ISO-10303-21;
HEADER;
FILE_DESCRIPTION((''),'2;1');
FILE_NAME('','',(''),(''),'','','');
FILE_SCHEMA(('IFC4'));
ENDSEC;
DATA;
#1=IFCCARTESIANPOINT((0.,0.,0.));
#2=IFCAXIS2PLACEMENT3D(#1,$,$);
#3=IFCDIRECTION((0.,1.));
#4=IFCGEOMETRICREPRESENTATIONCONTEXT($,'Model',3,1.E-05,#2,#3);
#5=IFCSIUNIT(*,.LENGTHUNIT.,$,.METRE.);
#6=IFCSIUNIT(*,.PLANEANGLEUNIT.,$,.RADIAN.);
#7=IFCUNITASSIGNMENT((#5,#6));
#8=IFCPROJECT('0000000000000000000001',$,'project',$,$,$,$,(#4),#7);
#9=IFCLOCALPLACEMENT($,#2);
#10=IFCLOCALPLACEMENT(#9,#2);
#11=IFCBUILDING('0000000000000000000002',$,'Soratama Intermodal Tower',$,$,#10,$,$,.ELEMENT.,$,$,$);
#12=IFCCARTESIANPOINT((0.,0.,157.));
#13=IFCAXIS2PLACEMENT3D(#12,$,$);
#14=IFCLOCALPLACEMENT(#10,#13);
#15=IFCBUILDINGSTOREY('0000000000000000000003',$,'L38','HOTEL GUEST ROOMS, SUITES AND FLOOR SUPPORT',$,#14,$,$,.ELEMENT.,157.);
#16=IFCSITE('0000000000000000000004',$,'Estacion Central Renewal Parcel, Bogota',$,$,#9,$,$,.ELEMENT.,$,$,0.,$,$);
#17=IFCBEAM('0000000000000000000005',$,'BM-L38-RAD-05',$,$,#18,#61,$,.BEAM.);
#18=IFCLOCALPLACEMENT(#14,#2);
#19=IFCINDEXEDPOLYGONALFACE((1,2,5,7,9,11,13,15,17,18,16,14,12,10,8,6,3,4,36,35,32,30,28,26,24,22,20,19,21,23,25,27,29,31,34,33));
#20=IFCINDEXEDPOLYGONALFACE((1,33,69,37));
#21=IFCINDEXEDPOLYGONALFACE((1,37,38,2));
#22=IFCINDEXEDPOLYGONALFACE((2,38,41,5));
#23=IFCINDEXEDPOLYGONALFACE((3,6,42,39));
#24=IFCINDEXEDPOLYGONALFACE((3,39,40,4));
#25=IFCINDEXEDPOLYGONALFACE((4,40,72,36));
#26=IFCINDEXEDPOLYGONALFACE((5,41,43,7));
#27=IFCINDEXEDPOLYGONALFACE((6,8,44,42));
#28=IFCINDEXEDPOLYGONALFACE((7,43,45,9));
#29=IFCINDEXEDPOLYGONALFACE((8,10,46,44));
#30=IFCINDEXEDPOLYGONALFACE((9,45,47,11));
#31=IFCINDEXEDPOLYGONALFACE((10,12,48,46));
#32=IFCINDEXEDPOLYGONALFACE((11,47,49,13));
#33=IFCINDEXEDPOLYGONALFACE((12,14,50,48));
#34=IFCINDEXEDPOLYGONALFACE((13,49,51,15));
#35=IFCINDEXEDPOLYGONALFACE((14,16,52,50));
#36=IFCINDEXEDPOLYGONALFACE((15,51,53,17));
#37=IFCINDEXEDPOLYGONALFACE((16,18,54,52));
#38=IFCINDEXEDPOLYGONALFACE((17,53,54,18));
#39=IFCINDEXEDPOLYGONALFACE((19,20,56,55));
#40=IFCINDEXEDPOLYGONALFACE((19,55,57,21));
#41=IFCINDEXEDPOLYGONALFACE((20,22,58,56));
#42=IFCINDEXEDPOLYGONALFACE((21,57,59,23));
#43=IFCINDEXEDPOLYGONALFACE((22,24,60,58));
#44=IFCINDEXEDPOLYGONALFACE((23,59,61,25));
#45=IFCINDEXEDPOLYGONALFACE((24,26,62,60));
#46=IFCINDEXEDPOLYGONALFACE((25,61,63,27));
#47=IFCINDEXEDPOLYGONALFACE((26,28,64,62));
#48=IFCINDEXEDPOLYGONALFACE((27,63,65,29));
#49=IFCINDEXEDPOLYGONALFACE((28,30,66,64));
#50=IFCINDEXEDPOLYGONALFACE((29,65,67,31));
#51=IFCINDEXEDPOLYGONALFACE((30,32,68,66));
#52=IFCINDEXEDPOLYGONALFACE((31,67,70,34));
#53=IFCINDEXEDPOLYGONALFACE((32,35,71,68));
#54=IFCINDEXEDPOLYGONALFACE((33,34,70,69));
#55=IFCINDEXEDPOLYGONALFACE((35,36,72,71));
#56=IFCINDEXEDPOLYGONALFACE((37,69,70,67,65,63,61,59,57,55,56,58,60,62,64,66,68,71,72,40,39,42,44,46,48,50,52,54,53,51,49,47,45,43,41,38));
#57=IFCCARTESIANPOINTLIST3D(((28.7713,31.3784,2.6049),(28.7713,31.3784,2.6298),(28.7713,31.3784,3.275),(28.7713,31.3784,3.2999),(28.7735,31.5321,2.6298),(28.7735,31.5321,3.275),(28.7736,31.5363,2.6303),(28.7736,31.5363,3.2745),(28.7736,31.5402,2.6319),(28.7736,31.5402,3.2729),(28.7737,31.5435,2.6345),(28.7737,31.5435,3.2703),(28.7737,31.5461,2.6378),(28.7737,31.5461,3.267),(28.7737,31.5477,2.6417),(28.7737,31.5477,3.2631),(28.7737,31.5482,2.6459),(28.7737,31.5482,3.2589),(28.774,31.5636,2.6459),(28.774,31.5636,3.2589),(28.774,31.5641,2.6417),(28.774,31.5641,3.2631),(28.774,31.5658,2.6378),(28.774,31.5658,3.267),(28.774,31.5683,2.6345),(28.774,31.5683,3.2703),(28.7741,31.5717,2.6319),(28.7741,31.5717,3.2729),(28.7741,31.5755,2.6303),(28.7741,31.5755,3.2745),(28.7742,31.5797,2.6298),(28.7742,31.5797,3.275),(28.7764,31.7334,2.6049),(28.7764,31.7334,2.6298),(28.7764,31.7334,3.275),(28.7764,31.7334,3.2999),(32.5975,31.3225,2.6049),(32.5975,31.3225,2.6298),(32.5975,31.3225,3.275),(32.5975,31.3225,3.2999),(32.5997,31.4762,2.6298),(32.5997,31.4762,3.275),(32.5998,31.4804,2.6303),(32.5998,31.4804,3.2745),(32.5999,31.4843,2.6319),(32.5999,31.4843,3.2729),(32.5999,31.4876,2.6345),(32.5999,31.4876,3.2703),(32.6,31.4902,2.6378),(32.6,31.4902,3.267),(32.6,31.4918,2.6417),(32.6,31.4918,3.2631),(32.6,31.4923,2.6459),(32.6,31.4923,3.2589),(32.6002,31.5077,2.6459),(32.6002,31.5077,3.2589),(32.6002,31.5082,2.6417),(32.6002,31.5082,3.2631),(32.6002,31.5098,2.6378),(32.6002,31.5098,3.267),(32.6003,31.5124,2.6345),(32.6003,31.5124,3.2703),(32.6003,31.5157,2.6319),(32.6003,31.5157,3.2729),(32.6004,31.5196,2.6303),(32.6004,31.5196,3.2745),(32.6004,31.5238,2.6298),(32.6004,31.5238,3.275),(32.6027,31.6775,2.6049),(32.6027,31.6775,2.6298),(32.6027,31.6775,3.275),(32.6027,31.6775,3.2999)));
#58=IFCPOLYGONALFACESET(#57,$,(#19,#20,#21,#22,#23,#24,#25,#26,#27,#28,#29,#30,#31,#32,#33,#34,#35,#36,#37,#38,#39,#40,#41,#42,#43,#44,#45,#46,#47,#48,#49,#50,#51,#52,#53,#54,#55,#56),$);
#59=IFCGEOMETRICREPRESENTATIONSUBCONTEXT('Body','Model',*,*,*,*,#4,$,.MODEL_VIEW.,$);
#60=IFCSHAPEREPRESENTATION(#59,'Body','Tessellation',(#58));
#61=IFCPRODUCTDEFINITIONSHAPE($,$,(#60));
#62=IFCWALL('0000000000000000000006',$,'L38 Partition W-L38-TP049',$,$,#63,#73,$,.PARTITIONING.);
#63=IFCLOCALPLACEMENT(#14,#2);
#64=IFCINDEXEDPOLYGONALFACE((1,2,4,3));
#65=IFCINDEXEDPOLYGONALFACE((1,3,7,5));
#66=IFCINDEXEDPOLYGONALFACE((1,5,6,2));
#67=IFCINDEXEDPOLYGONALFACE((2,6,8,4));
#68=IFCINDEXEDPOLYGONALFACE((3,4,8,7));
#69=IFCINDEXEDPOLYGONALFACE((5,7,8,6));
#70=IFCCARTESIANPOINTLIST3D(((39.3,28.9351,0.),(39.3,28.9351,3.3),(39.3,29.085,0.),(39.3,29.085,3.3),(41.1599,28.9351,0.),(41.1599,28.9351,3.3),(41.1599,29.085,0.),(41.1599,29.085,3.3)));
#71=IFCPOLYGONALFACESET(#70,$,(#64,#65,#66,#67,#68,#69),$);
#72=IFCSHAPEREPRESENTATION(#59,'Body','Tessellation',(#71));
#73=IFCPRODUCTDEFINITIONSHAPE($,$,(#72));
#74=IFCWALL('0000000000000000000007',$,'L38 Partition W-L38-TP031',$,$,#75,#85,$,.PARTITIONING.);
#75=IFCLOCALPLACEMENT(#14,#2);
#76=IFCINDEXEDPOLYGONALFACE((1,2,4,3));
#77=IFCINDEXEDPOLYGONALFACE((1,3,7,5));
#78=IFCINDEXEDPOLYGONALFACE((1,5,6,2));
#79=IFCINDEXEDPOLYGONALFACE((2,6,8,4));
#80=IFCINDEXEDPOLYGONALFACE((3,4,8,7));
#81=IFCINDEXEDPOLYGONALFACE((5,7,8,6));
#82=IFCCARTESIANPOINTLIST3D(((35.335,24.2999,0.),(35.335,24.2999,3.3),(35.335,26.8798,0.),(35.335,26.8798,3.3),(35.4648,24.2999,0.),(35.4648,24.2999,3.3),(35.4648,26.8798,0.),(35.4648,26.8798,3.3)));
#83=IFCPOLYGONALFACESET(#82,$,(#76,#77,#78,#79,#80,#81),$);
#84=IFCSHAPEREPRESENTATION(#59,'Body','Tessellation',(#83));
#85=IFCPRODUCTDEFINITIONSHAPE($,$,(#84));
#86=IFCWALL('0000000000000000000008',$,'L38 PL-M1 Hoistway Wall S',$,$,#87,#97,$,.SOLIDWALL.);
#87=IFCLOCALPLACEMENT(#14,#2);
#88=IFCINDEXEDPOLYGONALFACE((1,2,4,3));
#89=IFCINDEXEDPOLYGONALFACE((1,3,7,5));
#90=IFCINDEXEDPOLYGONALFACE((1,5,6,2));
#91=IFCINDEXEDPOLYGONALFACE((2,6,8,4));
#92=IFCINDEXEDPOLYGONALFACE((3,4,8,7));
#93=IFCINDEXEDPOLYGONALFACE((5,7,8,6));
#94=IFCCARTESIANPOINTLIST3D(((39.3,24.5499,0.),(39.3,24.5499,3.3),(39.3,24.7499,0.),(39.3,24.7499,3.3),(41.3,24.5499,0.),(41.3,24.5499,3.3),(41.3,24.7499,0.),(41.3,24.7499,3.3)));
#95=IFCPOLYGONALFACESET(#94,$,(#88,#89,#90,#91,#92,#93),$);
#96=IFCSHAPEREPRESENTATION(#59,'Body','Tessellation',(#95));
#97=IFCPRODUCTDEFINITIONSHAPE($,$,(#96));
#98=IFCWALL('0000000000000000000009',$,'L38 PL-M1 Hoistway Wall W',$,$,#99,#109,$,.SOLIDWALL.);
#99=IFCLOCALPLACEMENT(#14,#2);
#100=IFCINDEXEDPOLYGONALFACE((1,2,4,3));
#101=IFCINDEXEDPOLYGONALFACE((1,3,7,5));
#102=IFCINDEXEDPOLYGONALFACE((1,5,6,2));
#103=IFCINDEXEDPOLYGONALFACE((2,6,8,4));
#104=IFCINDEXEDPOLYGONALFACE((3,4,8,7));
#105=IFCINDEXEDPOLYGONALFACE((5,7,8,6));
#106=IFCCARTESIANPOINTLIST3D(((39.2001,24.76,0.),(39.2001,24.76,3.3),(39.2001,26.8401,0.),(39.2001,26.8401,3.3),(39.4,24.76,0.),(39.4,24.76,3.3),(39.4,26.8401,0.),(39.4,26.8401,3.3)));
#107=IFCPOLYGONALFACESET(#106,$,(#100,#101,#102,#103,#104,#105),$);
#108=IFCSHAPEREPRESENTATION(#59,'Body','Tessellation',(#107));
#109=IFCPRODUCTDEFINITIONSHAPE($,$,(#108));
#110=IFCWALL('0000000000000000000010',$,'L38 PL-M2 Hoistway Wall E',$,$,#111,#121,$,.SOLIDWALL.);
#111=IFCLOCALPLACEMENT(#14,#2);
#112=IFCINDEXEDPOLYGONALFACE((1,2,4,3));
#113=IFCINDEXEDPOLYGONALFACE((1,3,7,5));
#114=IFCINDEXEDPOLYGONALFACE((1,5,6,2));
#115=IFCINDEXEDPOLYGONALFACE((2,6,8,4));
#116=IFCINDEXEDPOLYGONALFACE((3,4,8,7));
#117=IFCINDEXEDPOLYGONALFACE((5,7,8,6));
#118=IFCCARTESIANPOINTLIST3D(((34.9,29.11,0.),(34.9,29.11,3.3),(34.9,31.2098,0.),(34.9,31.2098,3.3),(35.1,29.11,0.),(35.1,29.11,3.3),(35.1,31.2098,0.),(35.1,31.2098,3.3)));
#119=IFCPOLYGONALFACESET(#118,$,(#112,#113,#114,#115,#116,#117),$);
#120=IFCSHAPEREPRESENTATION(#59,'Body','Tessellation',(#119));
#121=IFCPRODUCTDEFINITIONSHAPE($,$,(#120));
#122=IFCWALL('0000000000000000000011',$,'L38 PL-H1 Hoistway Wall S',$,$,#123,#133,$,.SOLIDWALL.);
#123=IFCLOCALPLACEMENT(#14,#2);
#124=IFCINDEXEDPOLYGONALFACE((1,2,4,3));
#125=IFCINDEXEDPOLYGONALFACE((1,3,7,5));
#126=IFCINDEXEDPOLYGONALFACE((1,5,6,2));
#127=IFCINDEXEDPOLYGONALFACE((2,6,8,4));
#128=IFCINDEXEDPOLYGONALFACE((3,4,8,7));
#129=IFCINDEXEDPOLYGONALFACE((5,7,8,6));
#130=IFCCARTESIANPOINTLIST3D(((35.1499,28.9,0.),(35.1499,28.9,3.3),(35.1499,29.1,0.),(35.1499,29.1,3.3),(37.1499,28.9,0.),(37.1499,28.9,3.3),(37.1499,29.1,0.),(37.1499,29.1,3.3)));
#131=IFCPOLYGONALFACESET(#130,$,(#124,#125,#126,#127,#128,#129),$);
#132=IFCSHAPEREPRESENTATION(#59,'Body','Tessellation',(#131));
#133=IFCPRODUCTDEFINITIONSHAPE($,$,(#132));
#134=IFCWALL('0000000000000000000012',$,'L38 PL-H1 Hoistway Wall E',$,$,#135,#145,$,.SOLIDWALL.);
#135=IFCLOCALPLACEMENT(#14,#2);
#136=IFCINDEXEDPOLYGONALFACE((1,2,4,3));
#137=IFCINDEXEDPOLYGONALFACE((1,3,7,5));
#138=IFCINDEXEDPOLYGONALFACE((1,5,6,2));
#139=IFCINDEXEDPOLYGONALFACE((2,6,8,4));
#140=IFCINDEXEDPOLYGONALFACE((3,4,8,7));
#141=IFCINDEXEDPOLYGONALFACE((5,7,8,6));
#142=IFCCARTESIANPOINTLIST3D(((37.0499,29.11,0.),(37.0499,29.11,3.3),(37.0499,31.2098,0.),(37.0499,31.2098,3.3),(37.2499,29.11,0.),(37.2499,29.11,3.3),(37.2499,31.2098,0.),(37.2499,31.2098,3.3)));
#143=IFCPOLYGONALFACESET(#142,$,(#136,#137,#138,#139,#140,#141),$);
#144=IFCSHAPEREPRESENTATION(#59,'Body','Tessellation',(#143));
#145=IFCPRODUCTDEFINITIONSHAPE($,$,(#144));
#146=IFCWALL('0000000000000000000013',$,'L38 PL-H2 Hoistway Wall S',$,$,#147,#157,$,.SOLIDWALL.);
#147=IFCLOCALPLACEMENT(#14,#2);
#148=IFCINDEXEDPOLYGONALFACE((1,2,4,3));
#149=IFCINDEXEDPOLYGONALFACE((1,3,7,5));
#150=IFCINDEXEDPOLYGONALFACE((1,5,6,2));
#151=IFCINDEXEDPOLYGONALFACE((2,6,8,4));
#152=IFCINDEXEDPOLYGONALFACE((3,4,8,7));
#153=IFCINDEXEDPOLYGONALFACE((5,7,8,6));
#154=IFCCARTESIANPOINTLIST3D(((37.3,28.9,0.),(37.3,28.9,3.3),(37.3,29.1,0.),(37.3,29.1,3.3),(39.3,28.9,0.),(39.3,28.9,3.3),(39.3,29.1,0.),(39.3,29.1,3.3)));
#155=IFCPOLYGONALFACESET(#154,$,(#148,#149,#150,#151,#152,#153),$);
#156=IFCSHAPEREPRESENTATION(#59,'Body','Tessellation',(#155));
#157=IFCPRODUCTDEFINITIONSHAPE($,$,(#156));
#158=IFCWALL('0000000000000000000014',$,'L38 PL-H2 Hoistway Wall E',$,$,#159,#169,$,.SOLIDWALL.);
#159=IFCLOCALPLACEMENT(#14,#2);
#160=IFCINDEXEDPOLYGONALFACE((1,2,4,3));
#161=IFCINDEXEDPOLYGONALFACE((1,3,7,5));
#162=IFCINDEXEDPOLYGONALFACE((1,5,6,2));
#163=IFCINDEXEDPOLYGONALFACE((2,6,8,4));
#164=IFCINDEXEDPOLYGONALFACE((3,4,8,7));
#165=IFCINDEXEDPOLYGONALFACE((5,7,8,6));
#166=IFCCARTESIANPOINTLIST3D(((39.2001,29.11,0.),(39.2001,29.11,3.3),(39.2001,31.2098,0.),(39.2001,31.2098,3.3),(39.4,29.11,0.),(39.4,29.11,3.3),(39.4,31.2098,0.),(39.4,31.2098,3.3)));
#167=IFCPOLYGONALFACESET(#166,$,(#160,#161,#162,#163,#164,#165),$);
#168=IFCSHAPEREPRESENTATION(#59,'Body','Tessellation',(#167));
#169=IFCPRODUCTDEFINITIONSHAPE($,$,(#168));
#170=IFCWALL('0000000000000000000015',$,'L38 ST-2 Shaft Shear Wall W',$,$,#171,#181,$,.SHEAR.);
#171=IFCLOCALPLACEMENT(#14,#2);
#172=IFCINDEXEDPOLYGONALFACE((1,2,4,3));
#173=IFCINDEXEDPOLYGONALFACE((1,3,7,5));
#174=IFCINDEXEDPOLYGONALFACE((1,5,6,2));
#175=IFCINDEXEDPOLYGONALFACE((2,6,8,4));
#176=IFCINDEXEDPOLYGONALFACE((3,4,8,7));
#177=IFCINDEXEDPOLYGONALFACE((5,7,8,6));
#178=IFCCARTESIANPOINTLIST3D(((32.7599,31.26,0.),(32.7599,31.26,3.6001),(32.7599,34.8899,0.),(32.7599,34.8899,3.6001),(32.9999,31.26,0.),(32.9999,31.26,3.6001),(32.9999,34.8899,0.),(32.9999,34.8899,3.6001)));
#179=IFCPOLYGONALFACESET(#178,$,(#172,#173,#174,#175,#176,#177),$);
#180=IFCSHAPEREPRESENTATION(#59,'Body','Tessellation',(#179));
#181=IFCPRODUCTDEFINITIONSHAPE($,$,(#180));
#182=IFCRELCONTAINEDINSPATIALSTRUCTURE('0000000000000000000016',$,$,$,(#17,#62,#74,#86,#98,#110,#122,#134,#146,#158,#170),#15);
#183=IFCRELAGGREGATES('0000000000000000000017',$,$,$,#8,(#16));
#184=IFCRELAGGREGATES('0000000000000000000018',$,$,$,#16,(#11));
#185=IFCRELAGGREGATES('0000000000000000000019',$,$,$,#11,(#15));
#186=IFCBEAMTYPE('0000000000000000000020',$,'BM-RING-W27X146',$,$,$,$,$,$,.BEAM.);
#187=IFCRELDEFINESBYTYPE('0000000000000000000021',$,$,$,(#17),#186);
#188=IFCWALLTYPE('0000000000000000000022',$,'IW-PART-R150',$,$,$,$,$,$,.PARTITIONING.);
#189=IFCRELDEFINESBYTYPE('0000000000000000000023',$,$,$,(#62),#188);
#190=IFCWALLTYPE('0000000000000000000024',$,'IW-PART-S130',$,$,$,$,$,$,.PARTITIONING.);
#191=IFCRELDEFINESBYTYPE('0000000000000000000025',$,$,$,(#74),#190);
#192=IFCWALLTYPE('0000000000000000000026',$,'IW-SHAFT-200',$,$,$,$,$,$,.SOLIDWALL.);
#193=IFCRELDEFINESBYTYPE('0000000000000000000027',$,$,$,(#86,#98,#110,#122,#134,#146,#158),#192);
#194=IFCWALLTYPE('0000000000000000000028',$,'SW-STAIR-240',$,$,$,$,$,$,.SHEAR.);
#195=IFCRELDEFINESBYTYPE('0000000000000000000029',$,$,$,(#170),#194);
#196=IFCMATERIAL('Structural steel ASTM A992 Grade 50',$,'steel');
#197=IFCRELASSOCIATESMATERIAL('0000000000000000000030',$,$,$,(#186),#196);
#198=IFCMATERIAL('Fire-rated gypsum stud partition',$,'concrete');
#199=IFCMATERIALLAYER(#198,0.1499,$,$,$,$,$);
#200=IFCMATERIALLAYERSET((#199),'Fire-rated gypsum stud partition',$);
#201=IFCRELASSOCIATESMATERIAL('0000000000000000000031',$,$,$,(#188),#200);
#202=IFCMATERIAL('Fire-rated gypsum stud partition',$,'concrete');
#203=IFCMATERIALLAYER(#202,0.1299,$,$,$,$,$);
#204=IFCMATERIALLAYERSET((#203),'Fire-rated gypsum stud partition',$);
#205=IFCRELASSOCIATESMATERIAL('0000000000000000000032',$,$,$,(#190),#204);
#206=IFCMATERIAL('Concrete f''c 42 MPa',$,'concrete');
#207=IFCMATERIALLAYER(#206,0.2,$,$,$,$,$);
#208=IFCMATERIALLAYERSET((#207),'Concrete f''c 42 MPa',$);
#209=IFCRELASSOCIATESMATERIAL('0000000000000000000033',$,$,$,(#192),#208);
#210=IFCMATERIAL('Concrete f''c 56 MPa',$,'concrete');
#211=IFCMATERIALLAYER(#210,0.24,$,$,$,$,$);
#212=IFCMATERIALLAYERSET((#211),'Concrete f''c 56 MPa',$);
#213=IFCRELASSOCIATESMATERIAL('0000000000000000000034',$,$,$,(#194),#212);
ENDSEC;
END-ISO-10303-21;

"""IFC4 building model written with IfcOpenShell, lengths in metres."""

from ifc_helpers import new_model, si_unit, direction, frame, frame_2d, origin, origin_2d, place, context, subcontext, project, spatial, rectangle, i_section, extrude, material, layer, layer_set, material_profile, profile_set, type_object, element, save


model = new_model("IFC4")

# Units and contexts
model_context = context("Model", 3, precision=1e-05, world=origin(), true_north=direction((0.0, 1.0)))
body_context = subcontext(model_context, "Body", "Model", "MODEL_VIEW")
ifc_project = project(units=[si_unit("LENGTHUNIT", "METRE"), si_unit("PLANEANGLEUNIT", "RADIAN")], contexts=[model_context])

# Site, building, storey
site_placement = place(None, origin())
site = spatial("IfcSite", under=ifc_project, at=site_placement, Name="Estacion Central Renewal Parcel, Bogota", CompositionType="ELEMENT", RefElevation=0.0)
building_placement = place(site_placement, origin())
building = spatial("IfcBuilding", under=site, at=building_placement, Name="Soratama Intermodal Tower", CompositionType="ELEMENT")
storey_placement = place(building_placement, frame((0.0, 0.0, 157.0)))
storey = spatial("IfcBuildingStorey", under=building, at=storey_placement, Name="L38", Description="HOTEL GUEST ROOMS, SUITES AND FLOOR SUPPORT", CompositionType="ELEMENT", Elevation=157.0)

# Beam
ifc_material_1 = material(Name="Structural steel ASTM A992 Grade 50", Category="steel")
ifc_material_profile = material_profile(ifc_material_1, i_section(OverallWidth=0.355, OverallDepth=0.6951, WebThickness=0.0154, FlangeThickness=0.0249, FilletRadius=0.0161, at=origin_2d()), Name="W27X146")
ifc_profile_set = profile_set([ifc_material_profile], Name="Structural steel ASTM A992 Grade 50")
beam_type = type_object("IfcBeamType", Name="BM-RING-W27X146", PredefinedType="BEAM", material=ifc_profile_set)
beam_placement = place(storey_placement, frame((32.6001, 31.5, 2.9524), z_axis=(-0.999893, 0.01461, 0.0), x_axis=(-0.01461, -0.999893, 0.0)))
element("IfcBeam", 1, at=beam_placement, inside=storey, type_object=beam_type, Name="BM-L38-RAD-05", PredefinedType="BEAM", context=body_context, shape_type="SweptSolid", body=[
    extrude(i_section(OverallWidth=0.355, OverallDepth=0.6951, WebThickness=0.0154, FlangeThickness=0.0249, FilletRadius=0.0161, at=origin_2d()), origin(), (0.0, 0.0, 1.0), 3.8267),
])

# Shared definitions
ifc_material_2 = material(Name="Fire-rated gypsum stud partition", Category="concrete")
ifc_layer_1 = layer(ifc_material_2, 0.1499)
ifc_layer_set_1 = layer_set([ifc_layer_1], Name="Fire-rated gypsum stud partition")
wall_type_1 = type_object("IfcWallType", Name="IW-PART-R150", PredefinedType="PARTITIONING", material=ifc_layer_set_1)

# Walls
wall_1_placement = place(storey_placement, frame((39.3, 29.01, 0.0), z_axis=(0.0, 0.0, 1.0), x_axis=(1.0, 0.0, 0.0)))
element("IfcWall", 2, at=wall_1_placement, inside=storey, type_object=wall_type_1, Name="L38 Partition W-L38-TP049", PredefinedType="PARTITIONING", context=body_context, shape_type="SweptSolid", body=[
    extrude(rectangle(XDim=1.8599, YDim=0.1499, at=frame_2d((0.9299, 0.0))), origin(), (0.0, 0.0, 1.0), 3.3),
])
ifc_material_3 = material(Name="Fire-rated gypsum stud partition", Category="concrete")
ifc_layer_2 = layer(ifc_material_3, 0.1299)
ifc_layer_set_2 = layer_set([ifc_layer_2], Name="Fire-rated gypsum stud partition")
wall_type_2 = type_object("IfcWallType", Name="IW-PART-S130", PredefinedType="PARTITIONING", material=ifc_layer_set_2)
wall_2_placement = place(storey_placement, frame((35.3999, 26.8799, 0.0), z_axis=(0.0, 0.0, 1.0), x_axis=(0.0, -1.0, 0.0)))
element("IfcWall", 3, at=wall_2_placement, inside=storey, type_object=wall_type_2, Name="L38 Partition W-L38-TP031", PredefinedType="PARTITIONING", context=body_context, shape_type="SweptSolid", body=[
    extrude(rectangle(XDim=2.5798, YDim=0.1299, at=frame_2d((1.29, 0.0))), origin(), (0.0, 0.0, 1.0), 3.3),
])
ifc_material_4 = material(Name="Concrete f'c 42 MPa", Category="concrete")
ifc_layer_3 = layer(ifc_material_4, 0.2)
ifc_layer_set_3 = layer_set([ifc_layer_3], Name="Concrete f'c 42 MPa")
wall_type_3 = type_object("IfcWallType", Name="IW-SHAFT-200", PredefinedType="SOLIDWALL", material=ifc_layer_set_3)
wall_3_placement = place(storey_placement, frame((39.3, 24.6499, 0.0), z_axis=(0.0, 0.0, 1.0), x_axis=(1.0, 0.0, 0.0)))
element("IfcWall", 4, at=wall_3_placement, inside=storey, type_object=wall_type_3, Name="L38 PL-M1 Hoistway Wall S", PredefinedType="SOLIDWALL", context=body_context, shape_type="SweptSolid", body=[
    extrude(rectangle(XDim=2.0, YDim=0.2, at=frame_2d((1.0, 0.0))), origin(), (0.0, 0.0, 1.0), 3.3),
])

# Wall
wall_4_placement = place(storey_placement, frame((39.3, 24.76, 0.0), z_axis=(0.0, 0.0, 1.0), x_axis=(0.0, 1.0, 0.0)))
element("IfcWall", 5, at=wall_4_placement, inside=storey, type_object=wall_type_3, Name="L38 PL-M1 Hoistway Wall W", PredefinedType="SOLIDWALL", context=body_context, shape_type="SweptSolid", body=[
    extrude(rectangle(XDim=2.0801, YDim=0.2, at=frame_2d((1.04, 0.0))), origin(), (0.0, 0.0, 1.0), 3.3),
])

# Walls
wall_5_placement = place(storey_placement, frame((35.0, 29.1101, 0.0), z_axis=(0.0, 0.0, 1.0), x_axis=(0.0, 1.0, 0.0)))
element("IfcWall", 6, at=wall_5_placement, inside=storey, type_object=wall_type_3, Name="L38 PL-M2 Hoistway Wall E", PredefinedType="SOLIDWALL", context=body_context, shape_type="SweptSolid", body=[
    extrude(rectangle(XDim=2.0999, YDim=0.2, at=frame_2d((1.0498, 0.0))), origin(), (0.0, 0.0, 1.0), 3.3),
])
wall_6_placement = place(storey_placement, frame((35.1499, 29.0, 0.0), z_axis=(0.0, 0.0, 1.0), x_axis=(1.0, 0.0, 0.0)))
element("IfcWall", 7, at=wall_6_placement, inside=storey, type_object=wall_type_3, Name="L38 PL-H1 Hoistway Wall S", PredefinedType="SOLIDWALL", context=body_context, shape_type="SweptSolid", body=[
    extrude(rectangle(XDim=2.0, YDim=0.2, at=frame_2d((1.0, 0.0))), origin(), (0.0, 0.0, 1.0), 3.3),
])
wall_7_placement = place(storey_placement, frame((37.1499, 29.1101, 0.0), z_axis=(0.0, 0.0, 1.0), x_axis=(0.0, 1.0, 0.0)))
element("IfcWall", 8, at=wall_7_placement, inside=storey, type_object=wall_type_3, Name="L38 PL-H1 Hoistway Wall E", PredefinedType="SOLIDWALL", context=body_context, shape_type="SweptSolid", body=[
    extrude(rectangle(XDim=2.0999, YDim=0.2, at=frame_2d((1.0498, 0.0))), origin(), (0.0, 0.0, 1.0), 3.3),
])
wall_8_placement = place(storey_placement, frame((37.3, 29.0, 0.0), z_axis=(0.0, 0.0, 1.0), x_axis=(1.0, 0.0, 0.0)))
element("IfcWall", 9, at=wall_8_placement, inside=storey, type_object=wall_type_3, Name="L38 PL-H2 Hoistway Wall S", PredefinedType="SOLIDWALL", context=body_context, shape_type="SweptSolid", body=[
    extrude(rectangle(XDim=2.0, YDim=0.2, at=frame_2d((1.0, 0.0))), origin(), (0.0, 0.0, 1.0), 3.3),
])
wall_9_placement = place(storey_placement, frame((39.3, 29.1101, 0.0), z_axis=(0.0, 0.0, 1.0), x_axis=(0.0, 1.0, 0.0)))
element("IfcWall", 10, at=wall_9_placement, inside=storey, type_object=wall_type_3, Name="L38 PL-H2 Hoistway Wall E", PredefinedType="SOLIDWALL", context=body_context, shape_type="SweptSolid", body=[
    extrude(rectangle(XDim=2.0999, YDim=0.2, at=frame_2d((1.0498, 0.0))), origin(), (0.0, 0.0, 1.0), 3.3),
])
ifc_material_5 = material(Name="Concrete f'c 56 MPa", Category="concrete")
ifc_layer_4 = layer(ifc_material_5, 0.24)
ifc_layer_set_4 = layer_set([ifc_layer_4], Name="Concrete f'c 56 MPa")
wall_type_4 = type_object("IfcWallType", Name="SW-STAIR-240", PredefinedType="SHEAR", material=ifc_layer_set_4)
wall_10_placement = place(storey_placement, frame((32.8799, 31.26, 0.0), z_axis=(0.0, 0.0, 1.0), x_axis=(0.0, 1.0, 0.0)))
element("IfcWall", 11, at=wall_10_placement, inside=storey, type_object=wall_type_4, Name="L38 ST-2 Shaft Shear Wall W", PredefinedType="SHEAR", context=body_context, shape_type="SweptSolid", body=[
    extrude(rectangle(XDim=3.6299, YDim=0.24, at=frame_2d((1.8149, 0.0))), origin(), (0.0, 0.0, 1.0), 3.6001),
])

save(model, "model.ifc")
